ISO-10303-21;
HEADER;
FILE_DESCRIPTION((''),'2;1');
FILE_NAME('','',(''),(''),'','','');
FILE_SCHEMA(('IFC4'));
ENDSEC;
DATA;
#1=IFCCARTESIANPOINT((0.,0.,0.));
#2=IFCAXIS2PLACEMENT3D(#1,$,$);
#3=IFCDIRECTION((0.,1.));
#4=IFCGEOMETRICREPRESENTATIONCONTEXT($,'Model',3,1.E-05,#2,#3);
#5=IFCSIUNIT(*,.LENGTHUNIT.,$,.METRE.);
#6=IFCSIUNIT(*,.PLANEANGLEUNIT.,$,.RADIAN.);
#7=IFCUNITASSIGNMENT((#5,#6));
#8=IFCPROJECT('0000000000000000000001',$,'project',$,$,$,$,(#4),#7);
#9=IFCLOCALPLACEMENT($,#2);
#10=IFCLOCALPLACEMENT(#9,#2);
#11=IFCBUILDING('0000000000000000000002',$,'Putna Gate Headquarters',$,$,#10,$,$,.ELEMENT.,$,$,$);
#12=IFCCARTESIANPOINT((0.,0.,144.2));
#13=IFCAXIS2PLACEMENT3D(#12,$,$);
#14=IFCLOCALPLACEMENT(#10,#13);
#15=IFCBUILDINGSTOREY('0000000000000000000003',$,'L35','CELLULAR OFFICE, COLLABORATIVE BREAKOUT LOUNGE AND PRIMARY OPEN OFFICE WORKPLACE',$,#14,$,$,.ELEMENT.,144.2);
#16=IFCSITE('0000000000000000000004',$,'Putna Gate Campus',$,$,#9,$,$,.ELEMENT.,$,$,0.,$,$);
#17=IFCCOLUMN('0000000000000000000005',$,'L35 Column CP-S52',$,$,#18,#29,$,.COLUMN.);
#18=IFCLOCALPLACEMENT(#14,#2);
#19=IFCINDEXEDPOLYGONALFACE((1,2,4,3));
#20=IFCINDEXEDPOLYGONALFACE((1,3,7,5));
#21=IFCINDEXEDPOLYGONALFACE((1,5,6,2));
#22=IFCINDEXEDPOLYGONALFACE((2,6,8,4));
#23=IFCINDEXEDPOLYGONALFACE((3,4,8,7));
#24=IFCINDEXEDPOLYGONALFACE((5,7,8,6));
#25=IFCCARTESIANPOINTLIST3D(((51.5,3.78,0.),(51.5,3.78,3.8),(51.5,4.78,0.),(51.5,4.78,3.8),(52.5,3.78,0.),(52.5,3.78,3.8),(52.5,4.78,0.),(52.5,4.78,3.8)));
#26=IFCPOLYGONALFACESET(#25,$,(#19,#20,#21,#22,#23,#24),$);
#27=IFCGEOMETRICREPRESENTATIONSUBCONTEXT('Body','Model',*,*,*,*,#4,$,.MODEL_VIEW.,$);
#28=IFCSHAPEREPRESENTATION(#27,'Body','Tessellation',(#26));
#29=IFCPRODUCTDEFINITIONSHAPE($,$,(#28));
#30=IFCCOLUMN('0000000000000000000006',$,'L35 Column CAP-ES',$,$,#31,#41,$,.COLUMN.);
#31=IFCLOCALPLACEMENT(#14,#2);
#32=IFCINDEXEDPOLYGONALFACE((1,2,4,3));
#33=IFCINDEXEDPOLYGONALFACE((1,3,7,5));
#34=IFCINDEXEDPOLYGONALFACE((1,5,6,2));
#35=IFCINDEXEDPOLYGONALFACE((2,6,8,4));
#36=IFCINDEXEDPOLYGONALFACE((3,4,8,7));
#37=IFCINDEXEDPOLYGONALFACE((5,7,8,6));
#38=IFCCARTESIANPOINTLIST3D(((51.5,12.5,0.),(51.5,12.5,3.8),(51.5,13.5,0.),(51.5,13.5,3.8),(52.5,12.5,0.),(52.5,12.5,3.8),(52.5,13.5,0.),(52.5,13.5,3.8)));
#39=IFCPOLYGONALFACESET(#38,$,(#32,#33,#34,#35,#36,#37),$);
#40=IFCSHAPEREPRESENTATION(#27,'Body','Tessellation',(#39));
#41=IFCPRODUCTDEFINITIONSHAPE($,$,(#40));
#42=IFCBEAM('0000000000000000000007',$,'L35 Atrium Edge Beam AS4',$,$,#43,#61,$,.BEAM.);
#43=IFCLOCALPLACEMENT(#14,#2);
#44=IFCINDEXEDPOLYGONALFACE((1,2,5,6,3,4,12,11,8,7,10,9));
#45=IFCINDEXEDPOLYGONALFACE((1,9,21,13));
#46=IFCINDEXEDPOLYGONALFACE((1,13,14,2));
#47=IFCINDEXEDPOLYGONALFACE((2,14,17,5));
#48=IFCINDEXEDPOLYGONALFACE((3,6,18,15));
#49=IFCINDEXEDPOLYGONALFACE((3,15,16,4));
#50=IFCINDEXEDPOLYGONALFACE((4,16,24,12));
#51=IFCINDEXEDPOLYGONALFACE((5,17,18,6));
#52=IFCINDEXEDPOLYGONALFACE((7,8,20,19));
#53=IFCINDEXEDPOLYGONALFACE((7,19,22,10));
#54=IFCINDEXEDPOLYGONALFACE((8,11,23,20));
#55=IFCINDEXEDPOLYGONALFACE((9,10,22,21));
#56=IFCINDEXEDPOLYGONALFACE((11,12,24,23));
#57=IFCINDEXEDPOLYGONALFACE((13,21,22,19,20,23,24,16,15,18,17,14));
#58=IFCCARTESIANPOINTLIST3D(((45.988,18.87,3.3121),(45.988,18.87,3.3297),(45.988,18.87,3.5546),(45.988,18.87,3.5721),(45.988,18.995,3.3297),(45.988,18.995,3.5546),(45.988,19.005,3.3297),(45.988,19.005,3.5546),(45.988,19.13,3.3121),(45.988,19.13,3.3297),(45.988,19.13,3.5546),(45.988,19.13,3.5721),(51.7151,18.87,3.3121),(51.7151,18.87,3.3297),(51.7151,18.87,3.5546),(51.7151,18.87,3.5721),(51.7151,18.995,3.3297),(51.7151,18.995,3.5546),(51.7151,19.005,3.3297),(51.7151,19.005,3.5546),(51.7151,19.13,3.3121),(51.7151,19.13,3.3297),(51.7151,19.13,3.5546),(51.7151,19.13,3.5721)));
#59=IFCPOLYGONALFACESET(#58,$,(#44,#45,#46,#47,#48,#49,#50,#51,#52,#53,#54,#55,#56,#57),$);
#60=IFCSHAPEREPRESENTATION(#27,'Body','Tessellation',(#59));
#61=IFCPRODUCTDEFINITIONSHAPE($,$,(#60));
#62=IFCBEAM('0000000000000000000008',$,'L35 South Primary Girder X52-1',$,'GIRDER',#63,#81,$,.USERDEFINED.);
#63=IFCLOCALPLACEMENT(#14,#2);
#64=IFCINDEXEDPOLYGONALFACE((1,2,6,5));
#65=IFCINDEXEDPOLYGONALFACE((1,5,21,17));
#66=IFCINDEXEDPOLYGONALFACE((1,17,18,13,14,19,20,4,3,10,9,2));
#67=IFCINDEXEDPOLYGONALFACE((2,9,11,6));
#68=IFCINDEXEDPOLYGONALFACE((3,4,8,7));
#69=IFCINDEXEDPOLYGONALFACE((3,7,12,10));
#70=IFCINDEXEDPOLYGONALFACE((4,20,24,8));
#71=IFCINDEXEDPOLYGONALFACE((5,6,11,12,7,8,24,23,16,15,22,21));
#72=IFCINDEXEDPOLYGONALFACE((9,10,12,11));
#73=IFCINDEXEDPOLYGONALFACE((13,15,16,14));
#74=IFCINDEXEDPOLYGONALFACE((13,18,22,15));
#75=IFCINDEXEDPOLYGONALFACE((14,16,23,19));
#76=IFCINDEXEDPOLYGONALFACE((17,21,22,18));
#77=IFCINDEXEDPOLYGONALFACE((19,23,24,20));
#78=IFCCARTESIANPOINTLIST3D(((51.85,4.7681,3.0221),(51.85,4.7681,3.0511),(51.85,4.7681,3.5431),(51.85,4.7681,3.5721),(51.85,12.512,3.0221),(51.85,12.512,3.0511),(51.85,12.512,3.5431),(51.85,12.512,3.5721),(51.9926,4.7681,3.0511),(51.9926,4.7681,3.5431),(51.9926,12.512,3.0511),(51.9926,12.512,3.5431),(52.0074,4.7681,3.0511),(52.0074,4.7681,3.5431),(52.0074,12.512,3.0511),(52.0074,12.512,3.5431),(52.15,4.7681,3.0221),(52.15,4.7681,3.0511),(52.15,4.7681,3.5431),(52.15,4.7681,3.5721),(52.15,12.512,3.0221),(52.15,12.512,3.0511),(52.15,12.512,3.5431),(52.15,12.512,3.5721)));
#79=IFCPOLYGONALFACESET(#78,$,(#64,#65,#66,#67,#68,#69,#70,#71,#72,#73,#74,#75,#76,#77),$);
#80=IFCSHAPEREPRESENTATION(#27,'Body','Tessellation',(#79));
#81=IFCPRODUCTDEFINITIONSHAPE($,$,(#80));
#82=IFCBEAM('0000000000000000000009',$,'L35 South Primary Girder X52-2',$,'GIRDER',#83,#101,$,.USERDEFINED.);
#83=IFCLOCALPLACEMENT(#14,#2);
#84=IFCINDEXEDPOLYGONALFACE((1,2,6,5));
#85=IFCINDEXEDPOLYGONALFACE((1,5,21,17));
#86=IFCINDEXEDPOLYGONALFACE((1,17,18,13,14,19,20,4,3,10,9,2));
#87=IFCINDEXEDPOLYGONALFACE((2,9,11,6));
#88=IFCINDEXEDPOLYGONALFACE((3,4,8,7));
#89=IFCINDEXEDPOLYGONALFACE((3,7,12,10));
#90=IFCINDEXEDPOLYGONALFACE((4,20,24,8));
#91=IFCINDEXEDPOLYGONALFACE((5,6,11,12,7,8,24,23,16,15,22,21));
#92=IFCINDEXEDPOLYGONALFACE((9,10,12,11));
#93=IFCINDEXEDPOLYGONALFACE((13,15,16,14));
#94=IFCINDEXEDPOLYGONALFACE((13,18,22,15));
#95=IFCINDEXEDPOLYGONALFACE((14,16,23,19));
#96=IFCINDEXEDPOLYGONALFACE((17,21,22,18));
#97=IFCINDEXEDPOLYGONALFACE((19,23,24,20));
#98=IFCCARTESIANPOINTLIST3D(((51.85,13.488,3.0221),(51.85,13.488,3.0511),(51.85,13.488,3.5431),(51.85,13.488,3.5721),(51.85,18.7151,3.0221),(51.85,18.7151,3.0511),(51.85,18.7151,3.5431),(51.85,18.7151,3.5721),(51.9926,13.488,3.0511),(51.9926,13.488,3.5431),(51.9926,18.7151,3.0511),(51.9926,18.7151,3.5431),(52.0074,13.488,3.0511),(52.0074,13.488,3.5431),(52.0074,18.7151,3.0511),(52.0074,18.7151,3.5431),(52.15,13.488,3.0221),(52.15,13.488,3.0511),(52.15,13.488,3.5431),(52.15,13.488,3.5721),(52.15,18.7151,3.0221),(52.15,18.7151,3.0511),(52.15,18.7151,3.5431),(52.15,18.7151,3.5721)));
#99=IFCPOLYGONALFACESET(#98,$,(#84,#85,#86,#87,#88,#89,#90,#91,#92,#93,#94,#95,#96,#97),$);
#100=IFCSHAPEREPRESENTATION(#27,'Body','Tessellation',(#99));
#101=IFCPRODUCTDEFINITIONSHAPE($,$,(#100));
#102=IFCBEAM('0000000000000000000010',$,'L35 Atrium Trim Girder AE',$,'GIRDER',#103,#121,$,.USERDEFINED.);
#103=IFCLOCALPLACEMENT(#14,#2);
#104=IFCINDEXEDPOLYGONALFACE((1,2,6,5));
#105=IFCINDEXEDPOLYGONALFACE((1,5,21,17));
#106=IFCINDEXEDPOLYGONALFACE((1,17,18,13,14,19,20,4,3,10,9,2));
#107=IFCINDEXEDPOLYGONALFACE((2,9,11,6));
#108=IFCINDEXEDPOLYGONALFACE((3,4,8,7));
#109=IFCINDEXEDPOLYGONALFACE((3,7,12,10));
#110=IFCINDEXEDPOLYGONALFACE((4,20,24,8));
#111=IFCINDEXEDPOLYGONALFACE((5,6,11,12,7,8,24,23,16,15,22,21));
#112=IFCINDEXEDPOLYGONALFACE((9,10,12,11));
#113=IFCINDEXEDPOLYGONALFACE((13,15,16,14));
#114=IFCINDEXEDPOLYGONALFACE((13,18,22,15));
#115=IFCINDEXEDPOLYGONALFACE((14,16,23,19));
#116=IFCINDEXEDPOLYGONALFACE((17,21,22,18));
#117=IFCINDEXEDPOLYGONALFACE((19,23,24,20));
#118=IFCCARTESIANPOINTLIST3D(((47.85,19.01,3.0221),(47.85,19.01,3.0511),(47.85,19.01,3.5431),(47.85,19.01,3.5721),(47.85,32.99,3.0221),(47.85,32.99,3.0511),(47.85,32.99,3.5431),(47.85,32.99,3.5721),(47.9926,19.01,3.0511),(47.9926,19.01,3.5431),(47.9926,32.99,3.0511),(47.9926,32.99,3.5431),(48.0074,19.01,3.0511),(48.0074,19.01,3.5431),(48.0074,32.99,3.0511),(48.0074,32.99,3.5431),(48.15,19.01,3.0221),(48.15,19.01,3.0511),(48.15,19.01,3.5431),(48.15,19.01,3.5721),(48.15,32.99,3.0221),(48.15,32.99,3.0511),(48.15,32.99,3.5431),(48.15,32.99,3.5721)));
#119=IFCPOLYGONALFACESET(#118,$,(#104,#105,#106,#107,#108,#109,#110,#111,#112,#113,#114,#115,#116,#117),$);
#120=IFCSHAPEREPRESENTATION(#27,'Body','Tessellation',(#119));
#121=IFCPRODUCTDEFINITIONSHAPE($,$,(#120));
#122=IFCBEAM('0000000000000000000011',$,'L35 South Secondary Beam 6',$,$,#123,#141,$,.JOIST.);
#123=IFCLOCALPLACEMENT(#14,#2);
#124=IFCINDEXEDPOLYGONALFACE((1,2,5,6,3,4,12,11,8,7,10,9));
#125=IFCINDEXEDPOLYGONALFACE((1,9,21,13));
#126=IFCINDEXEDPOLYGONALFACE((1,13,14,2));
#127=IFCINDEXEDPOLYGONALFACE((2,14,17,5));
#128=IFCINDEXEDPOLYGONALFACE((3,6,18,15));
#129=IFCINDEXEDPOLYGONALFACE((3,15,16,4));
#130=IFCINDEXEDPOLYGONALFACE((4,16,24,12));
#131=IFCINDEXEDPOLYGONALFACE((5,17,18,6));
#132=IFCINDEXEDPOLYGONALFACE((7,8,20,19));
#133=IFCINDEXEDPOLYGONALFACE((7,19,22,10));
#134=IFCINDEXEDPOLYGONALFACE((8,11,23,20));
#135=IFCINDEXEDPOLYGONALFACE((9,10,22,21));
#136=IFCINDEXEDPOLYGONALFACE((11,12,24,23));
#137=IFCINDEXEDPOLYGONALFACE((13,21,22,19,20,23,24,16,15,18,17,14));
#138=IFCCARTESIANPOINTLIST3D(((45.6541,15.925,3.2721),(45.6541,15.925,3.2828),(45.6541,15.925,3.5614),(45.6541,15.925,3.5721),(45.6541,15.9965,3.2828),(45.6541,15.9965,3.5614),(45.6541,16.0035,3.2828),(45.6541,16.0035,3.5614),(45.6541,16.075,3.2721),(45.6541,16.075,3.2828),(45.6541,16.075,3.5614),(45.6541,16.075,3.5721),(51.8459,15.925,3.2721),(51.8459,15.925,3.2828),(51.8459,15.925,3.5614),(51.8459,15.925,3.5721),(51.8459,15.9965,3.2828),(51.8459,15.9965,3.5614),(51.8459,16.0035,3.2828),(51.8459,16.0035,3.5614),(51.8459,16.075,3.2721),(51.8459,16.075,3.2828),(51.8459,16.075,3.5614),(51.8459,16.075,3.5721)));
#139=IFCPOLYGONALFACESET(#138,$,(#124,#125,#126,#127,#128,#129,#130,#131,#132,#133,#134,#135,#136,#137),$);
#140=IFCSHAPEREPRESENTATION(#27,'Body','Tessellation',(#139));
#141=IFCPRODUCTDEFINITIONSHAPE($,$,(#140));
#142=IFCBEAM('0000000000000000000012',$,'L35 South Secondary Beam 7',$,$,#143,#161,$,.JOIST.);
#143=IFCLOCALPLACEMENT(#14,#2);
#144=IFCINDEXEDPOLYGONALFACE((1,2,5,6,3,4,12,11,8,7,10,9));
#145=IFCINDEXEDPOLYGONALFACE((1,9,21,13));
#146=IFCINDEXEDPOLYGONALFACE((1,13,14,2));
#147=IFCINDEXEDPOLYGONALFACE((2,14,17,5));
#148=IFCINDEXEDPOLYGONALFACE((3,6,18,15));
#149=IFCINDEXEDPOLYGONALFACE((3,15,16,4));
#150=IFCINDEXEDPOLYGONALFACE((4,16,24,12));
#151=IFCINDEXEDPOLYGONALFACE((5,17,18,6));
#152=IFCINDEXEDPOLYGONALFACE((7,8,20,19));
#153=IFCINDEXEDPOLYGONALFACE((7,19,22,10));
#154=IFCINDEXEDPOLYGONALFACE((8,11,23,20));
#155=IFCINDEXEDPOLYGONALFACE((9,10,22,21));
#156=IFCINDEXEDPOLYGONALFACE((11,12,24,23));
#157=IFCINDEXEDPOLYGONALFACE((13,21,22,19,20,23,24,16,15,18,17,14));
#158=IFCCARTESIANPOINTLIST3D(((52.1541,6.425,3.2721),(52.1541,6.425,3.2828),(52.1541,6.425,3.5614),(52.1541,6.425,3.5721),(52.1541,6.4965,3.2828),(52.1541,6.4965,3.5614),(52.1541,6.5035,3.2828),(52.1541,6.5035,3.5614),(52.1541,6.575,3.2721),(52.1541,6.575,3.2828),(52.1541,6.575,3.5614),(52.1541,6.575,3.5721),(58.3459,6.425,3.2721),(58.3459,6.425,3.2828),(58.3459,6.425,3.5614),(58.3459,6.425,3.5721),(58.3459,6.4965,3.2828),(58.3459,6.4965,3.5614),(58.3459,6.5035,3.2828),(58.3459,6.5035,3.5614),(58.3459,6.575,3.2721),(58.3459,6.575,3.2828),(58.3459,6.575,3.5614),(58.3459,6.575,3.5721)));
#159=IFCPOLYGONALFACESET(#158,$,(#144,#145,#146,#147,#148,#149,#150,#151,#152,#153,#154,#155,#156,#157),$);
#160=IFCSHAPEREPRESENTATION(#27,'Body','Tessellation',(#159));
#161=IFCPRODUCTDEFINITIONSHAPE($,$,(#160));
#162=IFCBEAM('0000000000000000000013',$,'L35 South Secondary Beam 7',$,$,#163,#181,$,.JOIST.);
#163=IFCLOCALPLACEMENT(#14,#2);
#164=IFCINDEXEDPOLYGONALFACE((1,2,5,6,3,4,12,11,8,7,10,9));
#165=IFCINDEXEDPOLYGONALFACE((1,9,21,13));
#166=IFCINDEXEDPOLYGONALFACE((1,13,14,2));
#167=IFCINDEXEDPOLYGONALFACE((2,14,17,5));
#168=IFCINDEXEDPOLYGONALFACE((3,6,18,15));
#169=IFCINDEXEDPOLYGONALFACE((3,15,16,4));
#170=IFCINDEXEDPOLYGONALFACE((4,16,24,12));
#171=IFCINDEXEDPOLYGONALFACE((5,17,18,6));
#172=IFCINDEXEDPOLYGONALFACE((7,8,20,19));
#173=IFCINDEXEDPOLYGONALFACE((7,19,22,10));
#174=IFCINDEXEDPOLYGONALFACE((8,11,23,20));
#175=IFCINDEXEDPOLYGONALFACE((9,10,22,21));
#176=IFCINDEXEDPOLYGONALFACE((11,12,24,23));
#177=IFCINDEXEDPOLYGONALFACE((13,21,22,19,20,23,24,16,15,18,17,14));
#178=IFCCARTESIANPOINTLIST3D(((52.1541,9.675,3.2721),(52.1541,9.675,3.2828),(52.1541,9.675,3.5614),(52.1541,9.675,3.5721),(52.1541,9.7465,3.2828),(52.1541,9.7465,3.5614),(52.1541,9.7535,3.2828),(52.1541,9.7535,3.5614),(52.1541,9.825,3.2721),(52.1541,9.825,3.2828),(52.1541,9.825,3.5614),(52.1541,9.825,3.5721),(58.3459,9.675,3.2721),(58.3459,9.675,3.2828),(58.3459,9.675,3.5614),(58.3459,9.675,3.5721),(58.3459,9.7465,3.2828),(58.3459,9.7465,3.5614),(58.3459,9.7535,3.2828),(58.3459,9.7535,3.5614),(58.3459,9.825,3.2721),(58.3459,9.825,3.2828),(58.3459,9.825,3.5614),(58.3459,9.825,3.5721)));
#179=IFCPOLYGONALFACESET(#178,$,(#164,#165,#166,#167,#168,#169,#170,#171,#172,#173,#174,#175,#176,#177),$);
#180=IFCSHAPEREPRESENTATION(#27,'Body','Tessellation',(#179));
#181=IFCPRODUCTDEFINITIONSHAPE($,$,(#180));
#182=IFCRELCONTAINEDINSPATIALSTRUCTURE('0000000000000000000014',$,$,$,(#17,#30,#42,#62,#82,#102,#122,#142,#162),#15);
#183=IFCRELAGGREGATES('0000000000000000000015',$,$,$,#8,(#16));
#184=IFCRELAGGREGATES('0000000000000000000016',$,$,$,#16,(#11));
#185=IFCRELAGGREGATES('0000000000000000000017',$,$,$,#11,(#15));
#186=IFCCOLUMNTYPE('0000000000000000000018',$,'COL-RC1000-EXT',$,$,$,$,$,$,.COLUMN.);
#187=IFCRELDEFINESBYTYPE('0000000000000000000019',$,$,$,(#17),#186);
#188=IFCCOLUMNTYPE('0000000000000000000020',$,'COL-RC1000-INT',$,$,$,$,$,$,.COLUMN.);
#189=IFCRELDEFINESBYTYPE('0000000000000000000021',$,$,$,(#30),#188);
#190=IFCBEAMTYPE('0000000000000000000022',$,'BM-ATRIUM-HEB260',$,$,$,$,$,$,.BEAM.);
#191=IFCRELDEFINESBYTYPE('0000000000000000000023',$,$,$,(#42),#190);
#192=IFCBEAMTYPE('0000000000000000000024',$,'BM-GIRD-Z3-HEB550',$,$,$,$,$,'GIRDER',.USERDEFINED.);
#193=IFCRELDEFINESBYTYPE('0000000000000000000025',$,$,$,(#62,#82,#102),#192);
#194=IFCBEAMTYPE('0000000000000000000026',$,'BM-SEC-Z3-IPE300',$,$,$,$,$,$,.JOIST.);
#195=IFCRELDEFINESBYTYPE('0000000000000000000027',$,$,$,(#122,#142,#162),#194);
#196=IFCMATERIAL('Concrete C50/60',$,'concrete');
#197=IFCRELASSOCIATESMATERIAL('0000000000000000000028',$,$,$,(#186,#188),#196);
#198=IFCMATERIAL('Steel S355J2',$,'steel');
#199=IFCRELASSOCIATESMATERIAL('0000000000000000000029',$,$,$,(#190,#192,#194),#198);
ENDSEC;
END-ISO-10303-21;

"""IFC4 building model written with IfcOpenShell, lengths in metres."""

from ifc_helpers import new_model, si_unit, direction, frame, origin, origin_2d, place, context, subcontext, project, spatial, rectangle, i_section, extrude, material, material_profile, profile_set, type_object, element, save


model = new_model("IFC4")

# Units and contexts
model_context = context("Model", 3, precision=1e-05, world=origin(), true_north=direction((0.0, 1.0)))
body_context = subcontext(model_context, "Body", "Model", "MODEL_VIEW")
ifc_project = project(units=[si_unit("LENGTHUNIT", "METRE"), si_unit("PLANEANGLEUNIT", "RADIAN")], contexts=[model_context])

# Site, building, storey
site_placement = place(None, origin())
site = spatial("IfcSite", under=ifc_project, at=site_placement, Name="Putna Gate Campus", CompositionType="ELEMENT", RefElevation=0.0)
building_placement = place(site_placement, origin())
building = spatial("IfcBuilding", under=site, at=building_placement, Name="Putna Gate Headquarters", CompositionType="ELEMENT")
storey_placement = place(building_placement, frame((0.0, 0.0, 144.2)))
storey = spatial("IfcBuildingStorey", under=building, at=storey_placement, Name="L35", Description="CELLULAR OFFICE, COLLABORATIVE BREAKOUT LOUNGE AND PRIMARY OPEN OFFICE WORKPLACE", CompositionType="ELEMENT", Elevation=144.2)

# Columns
ifc_material_1 = material(Name="Concrete C50/60", Category="concrete")
ifc_material_profile_1 = material_profile(ifc_material_1, rectangle(XDim=1.0, YDim=1.0, at=origin_2d()), Name="Concrete C50/60")
ifc_profile_set_1 = profile_set([ifc_material_profile_1], Name="Concrete C50/60")
column_type_1 = type_object("IfcColumnType", Name="COL-RC1000-EXT", PredefinedType="COLUMN", material=ifc_profile_set_1)
column_1_placement = place(storey_placement, frame((52.0, 4.28, 0.0), z_axis=(0.0, 0.0, 1.0), x_axis=(1.0, 0.0, 0.0)))
element("IfcColumn", 1, at=column_1_placement, inside=storey, type_object=column_type_1, Name="L35 Column CP-S52", PredefinedType="COLUMN", context=body_context, shape_type="SweptSolid", body=[
    extrude(rectangle(XDim=1.0, YDim=1.0, at=origin_2d()), origin(), (0.0, 0.0, 1.0), 3.8),
])
ifc_material_profile_2 = material_profile(ifc_material_1, rectangle(XDim=1.0, YDim=1.0, at=origin_2d()), Name="Concrete C50/60")
ifc_profile_set_2 = profile_set([ifc_material_profile_2], Name="Concrete C50/60")
column_type_2 = type_object("IfcColumnType", Name="COL-RC1000-INT", PredefinedType="COLUMN", material=ifc_profile_set_2)
column_2_placement = place(storey_placement, frame((52.0, 13.0, 0.0), z_axis=(0.0, 0.0, 1.0), x_axis=(1.0, 0.0, 0.0)))
element("IfcColumn", 2, at=column_2_placement, inside=storey, type_object=column_type_2, Name="L35 Column CAP-ES", PredefinedType="COLUMN", context=body_context, shape_type="SweptSolid", body=[
    extrude(rectangle(XDim=1.0, YDim=1.0, at=origin_2d()), origin(), (0.0, 0.0, 1.0), 3.8),
])

# Beams
ifc_material_2 = material(Name="Steel S355J2", Category="steel")
ifc_material_profile_3 = material_profile(ifc_material_2, i_section(OverallWidth=0.26, OverallDepth=0.26, WebThickness=0.01, FlangeThickness=0.0176, at=origin_2d()), Name="Steel S355J2")
ifc_profile_set_3 = profile_set([ifc_material_profile_3], Name="Steel S355J2")
beam_type_1 = type_object("IfcBeamType", Name="BM-ATRIUM-HEB260", PredefinedType="BEAM", material=ifc_profile_set_3)
beam_1_placement = place(storey_placement, frame((45.988, 19.0, 3.4421), z_axis=(1.0, 0.0, 0.0), x_axis=(0.0, 1.0, 0.0)))
element("IfcBeam", 3, at=beam_1_placement, inside=storey, type_object=beam_type_1, Name="L35 Atrium Edge Beam AS4", PredefinedType="BEAM", context=body_context, shape_type="SweptSolid", body=[
    extrude(i_section(OverallWidth=0.26, OverallDepth=0.26, WebThickness=0.01, FlangeThickness=0.0176, at=origin_2d()), origin(), (0.0, 0.0, 1.0), 5.7271),
])
ifc_material_profile_4 = material_profile(ifc_material_2, i_section(OverallWidth=0.3, OverallDepth=0.55, WebThickness=0.0149, FlangeThickness=0.0291, at=origin_2d()), Name="Steel S355J2")
ifc_profile_set_4 = profile_set([ifc_material_profile_4], Name="Steel S355J2")
beam_type_2 = type_object("IfcBeamType", Name="BM-GIRD-Z3-HEB550", ElementType="GIRDER", PredefinedType="USERDEFINED", material=ifc_profile_set_4)
beam_2_placement = place(storey_placement, frame((52.0, 4.7681, 3.2971), z_axis=(0.0, 1.0, 0.0), x_axis=(-1.0, 0.0, 0.0)))
element("IfcBeam", 4, at=beam_2_placement, inside=storey, type_object=beam_type_2, Name="L35 South Primary Girder X52-1", ObjectType="GIRDER", PredefinedType="USERDEFINED", context=body_context, shape_type="SweptSolid", body=[
    extrude(i_section(OverallWidth=0.3, OverallDepth=0.55, WebThickness=0.0149, FlangeThickness=0.0291, at=origin_2d()), origin(), (0.0, 0.0, 1.0), 7.7439),
])
beam_3_placement = place(storey_placement, frame((52.0, 13.488, 3.2971), z_axis=(0.0, 1.0, 0.0), x_axis=(-1.0, 0.0, 0.0)))
element("IfcBeam", 5, at=beam_3_placement, inside=storey, type_object=beam_type_2, Name="L35 South Primary Girder X52-2", ObjectType="GIRDER", PredefinedType="USERDEFINED", context=body_context, shape_type="SweptSolid", body=[
    extrude(i_section(OverallWidth=0.3, OverallDepth=0.55, WebThickness=0.0149, FlangeThickness=0.0291, at=origin_2d()), origin(), (0.0, 0.0, 1.0), 5.2271),
])
beam_4_placement = place(storey_placement, frame((48.0, 19.01, 3.2971), z_axis=(0.0, 1.0, 0.0), x_axis=(-1.0, 0.0, 0.0)))
element("IfcBeam", 6, at=beam_4_placement, inside=storey, type_object=beam_type_2, Name="L35 Atrium Trim Girder AE", ObjectType="GIRDER", PredefinedType="USERDEFINED", context=body_context, shape_type="SweptSolid", body=[
    extrude(i_section(OverallWidth=0.3, OverallDepth=0.55, WebThickness=0.0149, FlangeThickness=0.0291, at=origin_2d()), origin(), (0.0, 0.0, 1.0), 13.98),
])
ifc_material_profile_5 = material_profile(ifc_material_2, i_section(OverallWidth=0.1499, OverallDepth=0.3, WebThickness=0.0071, FlangeThickness=0.0107, at=origin_2d()), Name="Steel S355J2")
ifc_profile_set_5 = profile_set([ifc_material_profile_5], Name="Steel S355J2")
beam_type_3 = type_object("IfcBeamType", Name="BM-SEC-Z3-IPE300", PredefinedType="JOIST", material=ifc_profile_set_5)
for number, where, z_axis, x_axis, name in (
    (7, (45.6541, 16.0, 3.4221), (1.0, 0.0, 0.0), (0.0, 1.0, 0.0), "L35 South Secondary Beam 6"),
    (8, (52.1541, 6.5, 3.4221), (1.0, 0.0, 0.0), (0.0, 1.0, 0.0), "L35 South Secondary Beam 7"),
    (9, (52.1541, 9.75, 3.4221), (1.0, 0.0, 0.0), (0.0, 1.0, 0.0), "L35 South Secondary Beam 7"),
):
    element("IfcBeam", number, at=place(storey_placement, frame(where, z_axis=z_axis, x_axis=x_axis)), inside=storey, type_object=beam_type_3, Name=name, PredefinedType="JOIST", context=body_context, shape_type="SweptSolid", body=[
        extrude(i_section(OverallWidth=0.1499, OverallDepth=0.3, WebThickness=0.0071, FlangeThickness=0.0107, at=origin_2d()), origin(), (0.0, 0.0, 1.0), 6.1919),
    ])

save(model, "model.ifc")
